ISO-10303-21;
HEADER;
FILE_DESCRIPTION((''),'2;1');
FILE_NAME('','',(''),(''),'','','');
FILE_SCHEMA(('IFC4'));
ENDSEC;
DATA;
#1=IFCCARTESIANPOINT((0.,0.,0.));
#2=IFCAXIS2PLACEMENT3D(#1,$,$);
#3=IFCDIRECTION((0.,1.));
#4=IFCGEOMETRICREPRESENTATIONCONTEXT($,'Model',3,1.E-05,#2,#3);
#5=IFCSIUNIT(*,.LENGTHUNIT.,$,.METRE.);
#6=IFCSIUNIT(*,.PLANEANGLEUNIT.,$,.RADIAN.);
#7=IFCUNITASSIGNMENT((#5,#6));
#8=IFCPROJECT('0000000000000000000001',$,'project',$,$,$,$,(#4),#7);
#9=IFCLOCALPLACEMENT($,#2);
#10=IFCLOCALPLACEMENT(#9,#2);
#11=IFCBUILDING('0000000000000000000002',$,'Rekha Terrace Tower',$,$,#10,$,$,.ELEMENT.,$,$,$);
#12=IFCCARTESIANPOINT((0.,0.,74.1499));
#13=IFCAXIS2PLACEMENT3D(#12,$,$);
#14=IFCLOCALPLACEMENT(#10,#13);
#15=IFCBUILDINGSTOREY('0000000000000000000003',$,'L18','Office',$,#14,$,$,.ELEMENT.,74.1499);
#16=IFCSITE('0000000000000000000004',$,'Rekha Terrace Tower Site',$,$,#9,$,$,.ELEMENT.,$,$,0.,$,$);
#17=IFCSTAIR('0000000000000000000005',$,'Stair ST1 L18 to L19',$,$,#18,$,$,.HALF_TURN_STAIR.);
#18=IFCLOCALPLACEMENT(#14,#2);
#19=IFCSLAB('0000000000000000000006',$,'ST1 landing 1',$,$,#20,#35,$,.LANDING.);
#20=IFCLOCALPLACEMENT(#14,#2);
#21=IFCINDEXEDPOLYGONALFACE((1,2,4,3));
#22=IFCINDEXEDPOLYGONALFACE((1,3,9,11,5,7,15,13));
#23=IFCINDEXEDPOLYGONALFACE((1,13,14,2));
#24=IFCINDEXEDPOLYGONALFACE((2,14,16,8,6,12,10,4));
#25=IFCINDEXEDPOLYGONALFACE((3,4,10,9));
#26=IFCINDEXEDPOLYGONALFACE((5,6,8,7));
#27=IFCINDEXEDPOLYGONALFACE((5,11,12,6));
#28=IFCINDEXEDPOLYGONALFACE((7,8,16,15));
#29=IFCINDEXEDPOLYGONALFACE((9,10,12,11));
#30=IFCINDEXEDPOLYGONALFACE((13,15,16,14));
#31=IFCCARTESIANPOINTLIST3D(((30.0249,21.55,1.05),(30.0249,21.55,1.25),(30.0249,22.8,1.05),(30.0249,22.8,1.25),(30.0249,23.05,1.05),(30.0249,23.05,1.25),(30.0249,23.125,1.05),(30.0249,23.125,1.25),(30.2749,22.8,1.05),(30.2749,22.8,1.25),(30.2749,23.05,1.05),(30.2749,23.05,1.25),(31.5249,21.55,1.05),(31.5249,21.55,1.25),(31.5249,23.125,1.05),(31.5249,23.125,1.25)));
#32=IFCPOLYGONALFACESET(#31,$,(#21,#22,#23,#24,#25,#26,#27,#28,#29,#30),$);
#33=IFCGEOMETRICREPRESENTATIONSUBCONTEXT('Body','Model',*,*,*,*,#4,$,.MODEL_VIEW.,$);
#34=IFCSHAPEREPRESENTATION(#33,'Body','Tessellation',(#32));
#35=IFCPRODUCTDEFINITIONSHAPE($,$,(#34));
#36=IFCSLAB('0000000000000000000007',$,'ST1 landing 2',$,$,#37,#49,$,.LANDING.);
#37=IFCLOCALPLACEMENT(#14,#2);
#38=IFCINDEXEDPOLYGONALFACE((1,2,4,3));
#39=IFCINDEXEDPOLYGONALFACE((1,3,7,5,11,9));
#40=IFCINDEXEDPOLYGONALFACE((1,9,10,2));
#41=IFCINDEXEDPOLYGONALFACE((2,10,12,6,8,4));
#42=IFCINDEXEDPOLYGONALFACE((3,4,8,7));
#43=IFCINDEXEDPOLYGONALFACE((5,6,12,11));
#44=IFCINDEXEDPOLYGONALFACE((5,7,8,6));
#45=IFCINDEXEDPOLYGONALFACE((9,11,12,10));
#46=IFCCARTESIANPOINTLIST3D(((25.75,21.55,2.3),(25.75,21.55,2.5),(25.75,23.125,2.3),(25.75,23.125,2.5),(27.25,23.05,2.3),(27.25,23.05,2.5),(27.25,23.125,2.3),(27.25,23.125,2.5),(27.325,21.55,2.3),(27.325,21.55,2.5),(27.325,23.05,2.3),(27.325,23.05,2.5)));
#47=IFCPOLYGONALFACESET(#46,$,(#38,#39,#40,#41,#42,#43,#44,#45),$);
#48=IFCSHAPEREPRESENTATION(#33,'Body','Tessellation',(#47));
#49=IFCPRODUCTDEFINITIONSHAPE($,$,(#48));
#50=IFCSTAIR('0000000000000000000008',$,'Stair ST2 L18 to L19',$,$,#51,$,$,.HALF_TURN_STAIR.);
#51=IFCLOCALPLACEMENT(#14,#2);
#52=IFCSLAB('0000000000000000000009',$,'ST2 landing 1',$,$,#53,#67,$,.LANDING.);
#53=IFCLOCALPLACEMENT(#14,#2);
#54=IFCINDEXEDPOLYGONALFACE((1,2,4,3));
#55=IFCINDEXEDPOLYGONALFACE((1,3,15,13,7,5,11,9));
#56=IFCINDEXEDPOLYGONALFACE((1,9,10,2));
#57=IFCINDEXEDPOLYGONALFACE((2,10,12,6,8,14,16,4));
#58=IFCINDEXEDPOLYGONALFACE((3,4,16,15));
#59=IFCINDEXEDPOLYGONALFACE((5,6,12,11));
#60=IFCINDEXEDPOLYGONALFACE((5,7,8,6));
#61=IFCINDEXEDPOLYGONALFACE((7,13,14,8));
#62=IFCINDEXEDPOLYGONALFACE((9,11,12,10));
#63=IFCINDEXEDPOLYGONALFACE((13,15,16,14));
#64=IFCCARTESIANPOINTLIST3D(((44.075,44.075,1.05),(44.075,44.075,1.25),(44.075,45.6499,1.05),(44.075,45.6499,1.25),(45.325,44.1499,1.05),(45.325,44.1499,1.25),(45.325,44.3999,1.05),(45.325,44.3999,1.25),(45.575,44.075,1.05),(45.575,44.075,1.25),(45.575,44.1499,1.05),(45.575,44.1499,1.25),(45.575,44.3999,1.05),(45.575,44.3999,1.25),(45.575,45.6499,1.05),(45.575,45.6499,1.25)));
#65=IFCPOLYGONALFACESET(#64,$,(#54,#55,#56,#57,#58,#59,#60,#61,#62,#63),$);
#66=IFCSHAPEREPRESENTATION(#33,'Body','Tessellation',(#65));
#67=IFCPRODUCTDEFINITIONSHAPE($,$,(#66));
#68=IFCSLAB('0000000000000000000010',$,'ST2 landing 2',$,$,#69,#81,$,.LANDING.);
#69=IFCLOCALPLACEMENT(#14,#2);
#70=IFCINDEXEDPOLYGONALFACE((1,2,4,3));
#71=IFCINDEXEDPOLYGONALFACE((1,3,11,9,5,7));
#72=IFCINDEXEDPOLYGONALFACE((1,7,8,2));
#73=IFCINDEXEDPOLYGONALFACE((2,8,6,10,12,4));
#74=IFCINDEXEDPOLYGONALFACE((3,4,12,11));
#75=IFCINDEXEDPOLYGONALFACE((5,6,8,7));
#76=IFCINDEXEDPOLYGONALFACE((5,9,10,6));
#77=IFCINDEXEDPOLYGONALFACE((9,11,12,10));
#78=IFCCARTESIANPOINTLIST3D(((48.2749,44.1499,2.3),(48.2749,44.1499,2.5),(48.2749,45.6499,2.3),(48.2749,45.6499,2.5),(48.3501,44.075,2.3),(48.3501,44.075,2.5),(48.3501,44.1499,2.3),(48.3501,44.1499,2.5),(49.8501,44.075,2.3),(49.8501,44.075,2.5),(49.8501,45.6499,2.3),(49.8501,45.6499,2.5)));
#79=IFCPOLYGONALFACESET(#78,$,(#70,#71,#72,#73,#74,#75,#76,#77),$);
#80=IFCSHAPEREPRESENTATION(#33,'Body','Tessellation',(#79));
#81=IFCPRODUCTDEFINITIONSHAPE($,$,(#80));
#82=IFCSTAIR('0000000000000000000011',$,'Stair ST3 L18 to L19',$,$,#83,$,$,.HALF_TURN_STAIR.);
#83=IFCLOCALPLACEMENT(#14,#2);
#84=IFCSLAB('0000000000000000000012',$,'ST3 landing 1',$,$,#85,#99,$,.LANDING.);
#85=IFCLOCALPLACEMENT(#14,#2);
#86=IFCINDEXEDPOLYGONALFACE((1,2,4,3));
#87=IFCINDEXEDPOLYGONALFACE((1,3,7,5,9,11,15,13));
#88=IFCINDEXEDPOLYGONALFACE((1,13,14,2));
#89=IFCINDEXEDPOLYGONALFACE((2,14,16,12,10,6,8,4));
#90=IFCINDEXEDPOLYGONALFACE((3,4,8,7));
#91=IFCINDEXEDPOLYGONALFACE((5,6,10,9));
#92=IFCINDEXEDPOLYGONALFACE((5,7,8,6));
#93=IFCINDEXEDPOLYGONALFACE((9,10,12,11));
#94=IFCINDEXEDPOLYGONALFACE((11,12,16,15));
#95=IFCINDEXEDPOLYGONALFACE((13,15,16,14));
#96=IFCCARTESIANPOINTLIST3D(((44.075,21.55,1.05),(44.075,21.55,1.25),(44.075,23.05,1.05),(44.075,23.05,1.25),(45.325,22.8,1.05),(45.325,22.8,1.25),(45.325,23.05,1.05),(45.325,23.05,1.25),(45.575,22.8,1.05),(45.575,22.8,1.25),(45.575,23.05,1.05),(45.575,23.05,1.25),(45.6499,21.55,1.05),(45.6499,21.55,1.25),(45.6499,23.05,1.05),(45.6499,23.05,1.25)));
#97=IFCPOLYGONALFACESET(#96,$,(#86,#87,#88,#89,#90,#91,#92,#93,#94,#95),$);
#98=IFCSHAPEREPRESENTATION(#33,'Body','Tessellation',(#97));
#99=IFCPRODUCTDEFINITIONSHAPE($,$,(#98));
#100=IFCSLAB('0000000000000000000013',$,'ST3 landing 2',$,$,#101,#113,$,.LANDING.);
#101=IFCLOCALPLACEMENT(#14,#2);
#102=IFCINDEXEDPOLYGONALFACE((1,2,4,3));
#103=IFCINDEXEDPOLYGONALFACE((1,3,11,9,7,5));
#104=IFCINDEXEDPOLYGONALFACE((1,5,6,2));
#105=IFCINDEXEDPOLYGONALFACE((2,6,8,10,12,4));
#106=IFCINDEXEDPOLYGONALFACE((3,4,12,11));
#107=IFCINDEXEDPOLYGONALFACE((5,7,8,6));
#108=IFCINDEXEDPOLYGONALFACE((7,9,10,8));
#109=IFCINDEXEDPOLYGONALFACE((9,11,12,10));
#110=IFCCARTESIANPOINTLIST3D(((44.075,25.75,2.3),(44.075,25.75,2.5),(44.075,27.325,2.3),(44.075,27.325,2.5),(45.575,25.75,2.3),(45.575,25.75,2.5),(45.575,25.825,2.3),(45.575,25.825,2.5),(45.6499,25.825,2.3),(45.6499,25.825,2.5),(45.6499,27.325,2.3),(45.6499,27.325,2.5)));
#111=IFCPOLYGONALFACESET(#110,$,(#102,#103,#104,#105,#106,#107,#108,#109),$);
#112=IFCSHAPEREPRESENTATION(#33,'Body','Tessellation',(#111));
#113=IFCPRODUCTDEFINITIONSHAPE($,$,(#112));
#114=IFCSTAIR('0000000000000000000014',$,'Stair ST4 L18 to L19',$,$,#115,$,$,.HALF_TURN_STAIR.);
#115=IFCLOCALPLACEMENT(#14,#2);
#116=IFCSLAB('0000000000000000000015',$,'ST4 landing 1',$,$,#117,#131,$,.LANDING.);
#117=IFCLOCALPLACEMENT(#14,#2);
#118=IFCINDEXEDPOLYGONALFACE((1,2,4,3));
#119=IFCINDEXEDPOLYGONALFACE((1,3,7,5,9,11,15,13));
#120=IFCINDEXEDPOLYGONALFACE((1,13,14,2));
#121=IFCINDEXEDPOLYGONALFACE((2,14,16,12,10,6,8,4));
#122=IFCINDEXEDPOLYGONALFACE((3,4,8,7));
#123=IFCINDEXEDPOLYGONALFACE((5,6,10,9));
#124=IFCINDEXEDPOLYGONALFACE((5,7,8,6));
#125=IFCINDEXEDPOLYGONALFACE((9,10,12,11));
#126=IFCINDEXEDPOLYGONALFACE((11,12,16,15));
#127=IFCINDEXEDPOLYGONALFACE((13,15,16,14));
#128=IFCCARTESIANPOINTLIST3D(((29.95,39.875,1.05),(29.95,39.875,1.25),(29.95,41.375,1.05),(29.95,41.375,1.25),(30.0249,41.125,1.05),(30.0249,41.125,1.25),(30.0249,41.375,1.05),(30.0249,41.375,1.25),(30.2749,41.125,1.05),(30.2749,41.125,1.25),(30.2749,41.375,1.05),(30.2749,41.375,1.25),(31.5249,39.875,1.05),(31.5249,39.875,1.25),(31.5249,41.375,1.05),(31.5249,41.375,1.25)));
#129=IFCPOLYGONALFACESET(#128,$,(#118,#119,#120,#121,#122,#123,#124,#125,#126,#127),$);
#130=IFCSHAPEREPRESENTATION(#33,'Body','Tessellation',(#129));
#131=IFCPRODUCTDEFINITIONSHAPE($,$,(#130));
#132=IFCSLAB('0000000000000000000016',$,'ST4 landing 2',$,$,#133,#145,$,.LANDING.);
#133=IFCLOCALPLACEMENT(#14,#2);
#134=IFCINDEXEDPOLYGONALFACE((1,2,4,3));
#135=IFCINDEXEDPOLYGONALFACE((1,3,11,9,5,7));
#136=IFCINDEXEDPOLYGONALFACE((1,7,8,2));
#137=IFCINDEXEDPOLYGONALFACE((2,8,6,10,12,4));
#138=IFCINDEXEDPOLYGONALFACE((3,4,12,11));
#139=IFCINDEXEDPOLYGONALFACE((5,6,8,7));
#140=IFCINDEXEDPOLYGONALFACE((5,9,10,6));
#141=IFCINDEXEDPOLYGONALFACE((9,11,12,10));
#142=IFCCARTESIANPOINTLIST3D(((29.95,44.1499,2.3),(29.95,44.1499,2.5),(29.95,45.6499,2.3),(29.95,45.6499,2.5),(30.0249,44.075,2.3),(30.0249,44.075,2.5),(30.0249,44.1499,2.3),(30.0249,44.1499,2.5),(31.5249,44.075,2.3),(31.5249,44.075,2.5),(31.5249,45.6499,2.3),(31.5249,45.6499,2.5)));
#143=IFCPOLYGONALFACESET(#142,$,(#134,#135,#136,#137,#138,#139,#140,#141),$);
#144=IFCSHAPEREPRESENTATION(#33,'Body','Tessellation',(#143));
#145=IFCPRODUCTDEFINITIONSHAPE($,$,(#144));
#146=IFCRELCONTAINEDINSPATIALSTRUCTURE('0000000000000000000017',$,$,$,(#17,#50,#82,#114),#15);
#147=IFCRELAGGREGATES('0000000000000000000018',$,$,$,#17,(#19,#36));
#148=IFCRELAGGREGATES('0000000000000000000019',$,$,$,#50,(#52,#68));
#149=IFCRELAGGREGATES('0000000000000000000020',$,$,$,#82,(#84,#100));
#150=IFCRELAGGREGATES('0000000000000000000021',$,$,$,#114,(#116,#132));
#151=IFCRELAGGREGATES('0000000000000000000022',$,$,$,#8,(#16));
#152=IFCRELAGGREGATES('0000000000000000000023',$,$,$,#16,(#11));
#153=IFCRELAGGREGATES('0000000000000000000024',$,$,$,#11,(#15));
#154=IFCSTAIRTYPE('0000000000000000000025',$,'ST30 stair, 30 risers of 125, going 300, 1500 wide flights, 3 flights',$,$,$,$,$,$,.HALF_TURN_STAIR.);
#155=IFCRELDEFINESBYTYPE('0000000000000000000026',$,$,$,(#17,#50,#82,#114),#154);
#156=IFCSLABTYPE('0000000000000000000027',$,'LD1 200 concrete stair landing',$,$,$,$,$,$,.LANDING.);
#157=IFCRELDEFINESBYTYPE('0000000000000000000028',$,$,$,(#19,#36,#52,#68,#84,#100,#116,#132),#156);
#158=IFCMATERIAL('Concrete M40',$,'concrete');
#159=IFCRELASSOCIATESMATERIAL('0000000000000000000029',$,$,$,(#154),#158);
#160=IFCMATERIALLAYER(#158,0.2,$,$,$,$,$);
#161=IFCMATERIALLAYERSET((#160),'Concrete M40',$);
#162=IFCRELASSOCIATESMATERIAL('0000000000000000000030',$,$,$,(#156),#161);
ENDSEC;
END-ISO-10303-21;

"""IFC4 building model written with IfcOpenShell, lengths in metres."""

from ifc_helpers import new_model, si_unit, direction, frame, origin, place, context, subcontext, project, spatial, polyline, outline, extrude, material, layer, layer_set, type_object, element, aggregate, save


model = new_model("IFC4")

# Units and contexts
model_context = context("Model", 3, precision=1e-05, world=origin(), true_north=direction((0.0, 1.0)))
body_context = subcontext(model_context, "Body", "Model", "MODEL_VIEW")
ifc_project = project(units=[si_unit("LENGTHUNIT", "METRE"), si_unit("PLANEANGLEUNIT", "RADIAN")], contexts=[model_context])

# Site, building, storey
site_placement = place(None, origin())
site = spatial("IfcSite", under=ifc_project, at=site_placement, Name="Rekha Terrace Tower Site", CompositionType="ELEMENT", RefElevation=0.0)
building_placement = place(site_placement, origin())
building = spatial("IfcBuilding", under=site, at=building_placement, Name="Rekha Terrace Tower", CompositionType="ELEMENT")
storey_placement = place(building_placement, frame((0.0, 0.0, 74.1499)))
storey = spatial("IfcBuildingStorey", under=building, at=storey_placement, Name="L18", Description="Office", CompositionType="ELEMENT", Elevation=74.1499)

# Stairs, slabs
ifc_material_1 = material(Name="Concrete M40", Category="concrete")
stair_type = type_object("IfcStairType", Name="ST30 stair, 30 risers of 125, going 300, 1500 wide flights, 3 flights", PredefinedType="HALF_TURN_STAIR", material=ifc_material_1)
stair_1_placement = place(storey_placement, origin())
stair_1 = element("IfcStair", 1, at=stair_1_placement, inside=storey, type_object=stair_type, Name="Stair ST1 L18 to L19", PredefinedType="HALF_TURN_STAIR")
ifc_layer_1 = layer(ifc_material_1, 0.2)
ifc_layer_set_1 = layer_set([ifc_layer_1], Name="Concrete M40")
slab_type_1 = type_object("IfcSlabType", Name="LD1 200 concrete stair landing", PredefinedType="LANDING", material=ifc_layer_set_1)
slab_1_placement = place(storey_placement, frame((0.0, 0.0, 1.05)))
slab_1 = element("IfcSlab", 2, at=slab_1_placement, type_object=slab_type_1, Name="ST1 landing 1", PredefinedType="LANDING", context=body_context, shape_type="SweptSolid", body=[
    extrude(outline(polyline([(30.0249, 21.55), (31.5249, 21.55), (31.5249, 23.125), (30.0249, 23.125), (30.0249, 23.05), (30.2749, 23.05), (30.2749, 22.8), (30.0249, 22.8), (30.0249, 21.55)])), origin(), (0.0, 0.0, 1.0), 0.2),
])
slab_2_placement = place(storey_placement, frame((0.0, 0.0, 2.3)))
slab_2 = element("IfcSlab", 3, at=slab_2_placement, type_object=slab_type_1, Name="ST1 landing 2", PredefinedType="LANDING", context=body_context, shape_type="SweptSolid", body=[
    extrude(outline(polyline([(27.25, 23.125), (25.75, 23.125), (25.75, 21.55), (27.325, 21.55), (27.325, 23.05), (27.25, 23.05), (27.25, 23.125)])), origin(), (0.0, 0.0, 1.0), 0.2),
])
aggregate(stair_1, [slab_1, slab_2])
stair_2_placement = place(storey_placement, origin())
stair_2 = element("IfcStair", 4, at=stair_2_placement, inside=storey, type_object=stair_type, Name="Stair ST2 L18 to L19", PredefinedType="HALF_TURN_STAIR")
slab_3_placement = place(storey_placement, frame((0.0, 0.0, 1.05)))
slab_3 = element("IfcSlab", 5, at=slab_3_placement, type_object=slab_type_1, Name="ST2 landing 1", PredefinedType="LANDING", context=body_context, shape_type="SweptSolid", body=[
    extrude(outline(polyline([(45.575, 45.6499), (44.075, 45.6499), (44.075, 44.075), (45.575, 44.075), (45.575, 44.1499), (45.325, 44.1499), (45.325, 44.3999), (45.575, 44.3999), (45.575, 45.6499)])), origin(), (0.0, 0.0, 1.0), 0.2),
])
slab_4_placement = place(storey_placement, frame((0.0, 0.0, 2.3)))
slab_4 = element("IfcSlab", 6, at=slab_4_placement, type_object=slab_type_1, Name="ST2 landing 2", PredefinedType="LANDING", context=body_context, shape_type="SweptSolid", body=[
    extrude(outline(polyline([(48.3501, 44.075), (49.8501, 44.075), (49.8501, 45.6499), (48.2749, 45.6499), (48.2749, 44.1499), (48.3501, 44.1499), (48.3501, 44.075)])), origin(), (0.0, 0.0, 1.0), 0.2),
])
aggregate(stair_2, [slab_3, slab_4])
stair_3_placement = place(storey_placement, origin())
stair_3 = element("IfcStair", 7, at=stair_3_placement, inside=storey, type_object=stair_type, Name="Stair ST3 L18 to L19", PredefinedType="HALF_TURN_STAIR")
slab_5_placement = place(storey_placement, frame((0.0, 0.0, 1.05)))
slab_5 = element("IfcSlab", 8, at=slab_5_placement, type_object=slab_type_1, Name="ST3 landing 1", PredefinedType="LANDING", context=body_context, shape_type="SweptSolid", body=[
    extrude(outline(polyline([(44.075, 23.05), (44.075, 21.55), (45.6499, 21.55), (45.6499, 23.05), (45.575, 23.05), (45.575, 22.8), (45.325, 22.8), (45.325, 23.05), (44.075, 23.05)])), origin(), (0.0, 0.0, 1.0), 0.2),
])
slab_6_placement = place(storey_placement, frame((0.0, 0.0, 2.3)))
slab_6 = element("IfcSlab", 9, at=slab_6_placement, type_object=slab_type_1, Name="ST3 landing 2", PredefinedType="LANDING", context=body_context, shape_type="SweptSolid", body=[
    extrude(outline(polyline([(45.6499, 25.825), (45.6499, 27.325), (44.075, 27.325), (44.075, 25.75), (45.575, 25.75), (45.575, 25.825), (45.6499, 25.825)])), origin(), (0.0, 0.0, 1.0), 0.2),
])
aggregate(stair_3, [slab_5, slab_6])
stair_4_placement = place(storey_placement, origin())
stair_4 = element("IfcStair", 10, at=stair_4_placement, inside=storey, type_object=stair_type, Name="Stair ST4 L18 to L19", PredefinedType="HALF_TURN_STAIR")
slab_7_placement = place(storey_placement, frame((0.0, 0.0, 1.05)))
slab_7 = element("IfcSlab", 11, at=slab_7_placement, type_object=slab_type_1, Name="ST4 landing 1", PredefinedType="LANDING", context=body_context, shape_type="SweptSolid", body=[
    extrude(outline(polyline([(31.5249, 41.375), (31.5249, 39.875), (29.95, 39.875), (29.95, 41.375), (30.0249, 41.375), (30.0249, 41.125), (30.2749, 41.125), (30.2749, 41.375), (31.5249, 41.375)])), origin(), (0.0, 0.0, 1.0), 0.2),
])
slab_8_placement = place(storey_placement, frame((0.0, 0.0, 2.3)))
slab_8 = element("IfcSlab", 12, at=slab_8_placement, type_object=slab_type_1, Name="ST4 landing 2", PredefinedType="LANDING", context=body_context, shape_type="SweptSolid", body=[
    extrude(outline(polyline([(29.95, 44.1499), (29.95, 45.6499), (31.5249, 45.6499), (31.5249, 44.075), (30.0249, 44.075), (30.0249, 44.1499), (29.95, 44.1499)])), origin(), (0.0, 0.0, 1.0), 0.2),
])
aggregate(stair_4, [slab_7, slab_8])

save(model, "model.ifc")
